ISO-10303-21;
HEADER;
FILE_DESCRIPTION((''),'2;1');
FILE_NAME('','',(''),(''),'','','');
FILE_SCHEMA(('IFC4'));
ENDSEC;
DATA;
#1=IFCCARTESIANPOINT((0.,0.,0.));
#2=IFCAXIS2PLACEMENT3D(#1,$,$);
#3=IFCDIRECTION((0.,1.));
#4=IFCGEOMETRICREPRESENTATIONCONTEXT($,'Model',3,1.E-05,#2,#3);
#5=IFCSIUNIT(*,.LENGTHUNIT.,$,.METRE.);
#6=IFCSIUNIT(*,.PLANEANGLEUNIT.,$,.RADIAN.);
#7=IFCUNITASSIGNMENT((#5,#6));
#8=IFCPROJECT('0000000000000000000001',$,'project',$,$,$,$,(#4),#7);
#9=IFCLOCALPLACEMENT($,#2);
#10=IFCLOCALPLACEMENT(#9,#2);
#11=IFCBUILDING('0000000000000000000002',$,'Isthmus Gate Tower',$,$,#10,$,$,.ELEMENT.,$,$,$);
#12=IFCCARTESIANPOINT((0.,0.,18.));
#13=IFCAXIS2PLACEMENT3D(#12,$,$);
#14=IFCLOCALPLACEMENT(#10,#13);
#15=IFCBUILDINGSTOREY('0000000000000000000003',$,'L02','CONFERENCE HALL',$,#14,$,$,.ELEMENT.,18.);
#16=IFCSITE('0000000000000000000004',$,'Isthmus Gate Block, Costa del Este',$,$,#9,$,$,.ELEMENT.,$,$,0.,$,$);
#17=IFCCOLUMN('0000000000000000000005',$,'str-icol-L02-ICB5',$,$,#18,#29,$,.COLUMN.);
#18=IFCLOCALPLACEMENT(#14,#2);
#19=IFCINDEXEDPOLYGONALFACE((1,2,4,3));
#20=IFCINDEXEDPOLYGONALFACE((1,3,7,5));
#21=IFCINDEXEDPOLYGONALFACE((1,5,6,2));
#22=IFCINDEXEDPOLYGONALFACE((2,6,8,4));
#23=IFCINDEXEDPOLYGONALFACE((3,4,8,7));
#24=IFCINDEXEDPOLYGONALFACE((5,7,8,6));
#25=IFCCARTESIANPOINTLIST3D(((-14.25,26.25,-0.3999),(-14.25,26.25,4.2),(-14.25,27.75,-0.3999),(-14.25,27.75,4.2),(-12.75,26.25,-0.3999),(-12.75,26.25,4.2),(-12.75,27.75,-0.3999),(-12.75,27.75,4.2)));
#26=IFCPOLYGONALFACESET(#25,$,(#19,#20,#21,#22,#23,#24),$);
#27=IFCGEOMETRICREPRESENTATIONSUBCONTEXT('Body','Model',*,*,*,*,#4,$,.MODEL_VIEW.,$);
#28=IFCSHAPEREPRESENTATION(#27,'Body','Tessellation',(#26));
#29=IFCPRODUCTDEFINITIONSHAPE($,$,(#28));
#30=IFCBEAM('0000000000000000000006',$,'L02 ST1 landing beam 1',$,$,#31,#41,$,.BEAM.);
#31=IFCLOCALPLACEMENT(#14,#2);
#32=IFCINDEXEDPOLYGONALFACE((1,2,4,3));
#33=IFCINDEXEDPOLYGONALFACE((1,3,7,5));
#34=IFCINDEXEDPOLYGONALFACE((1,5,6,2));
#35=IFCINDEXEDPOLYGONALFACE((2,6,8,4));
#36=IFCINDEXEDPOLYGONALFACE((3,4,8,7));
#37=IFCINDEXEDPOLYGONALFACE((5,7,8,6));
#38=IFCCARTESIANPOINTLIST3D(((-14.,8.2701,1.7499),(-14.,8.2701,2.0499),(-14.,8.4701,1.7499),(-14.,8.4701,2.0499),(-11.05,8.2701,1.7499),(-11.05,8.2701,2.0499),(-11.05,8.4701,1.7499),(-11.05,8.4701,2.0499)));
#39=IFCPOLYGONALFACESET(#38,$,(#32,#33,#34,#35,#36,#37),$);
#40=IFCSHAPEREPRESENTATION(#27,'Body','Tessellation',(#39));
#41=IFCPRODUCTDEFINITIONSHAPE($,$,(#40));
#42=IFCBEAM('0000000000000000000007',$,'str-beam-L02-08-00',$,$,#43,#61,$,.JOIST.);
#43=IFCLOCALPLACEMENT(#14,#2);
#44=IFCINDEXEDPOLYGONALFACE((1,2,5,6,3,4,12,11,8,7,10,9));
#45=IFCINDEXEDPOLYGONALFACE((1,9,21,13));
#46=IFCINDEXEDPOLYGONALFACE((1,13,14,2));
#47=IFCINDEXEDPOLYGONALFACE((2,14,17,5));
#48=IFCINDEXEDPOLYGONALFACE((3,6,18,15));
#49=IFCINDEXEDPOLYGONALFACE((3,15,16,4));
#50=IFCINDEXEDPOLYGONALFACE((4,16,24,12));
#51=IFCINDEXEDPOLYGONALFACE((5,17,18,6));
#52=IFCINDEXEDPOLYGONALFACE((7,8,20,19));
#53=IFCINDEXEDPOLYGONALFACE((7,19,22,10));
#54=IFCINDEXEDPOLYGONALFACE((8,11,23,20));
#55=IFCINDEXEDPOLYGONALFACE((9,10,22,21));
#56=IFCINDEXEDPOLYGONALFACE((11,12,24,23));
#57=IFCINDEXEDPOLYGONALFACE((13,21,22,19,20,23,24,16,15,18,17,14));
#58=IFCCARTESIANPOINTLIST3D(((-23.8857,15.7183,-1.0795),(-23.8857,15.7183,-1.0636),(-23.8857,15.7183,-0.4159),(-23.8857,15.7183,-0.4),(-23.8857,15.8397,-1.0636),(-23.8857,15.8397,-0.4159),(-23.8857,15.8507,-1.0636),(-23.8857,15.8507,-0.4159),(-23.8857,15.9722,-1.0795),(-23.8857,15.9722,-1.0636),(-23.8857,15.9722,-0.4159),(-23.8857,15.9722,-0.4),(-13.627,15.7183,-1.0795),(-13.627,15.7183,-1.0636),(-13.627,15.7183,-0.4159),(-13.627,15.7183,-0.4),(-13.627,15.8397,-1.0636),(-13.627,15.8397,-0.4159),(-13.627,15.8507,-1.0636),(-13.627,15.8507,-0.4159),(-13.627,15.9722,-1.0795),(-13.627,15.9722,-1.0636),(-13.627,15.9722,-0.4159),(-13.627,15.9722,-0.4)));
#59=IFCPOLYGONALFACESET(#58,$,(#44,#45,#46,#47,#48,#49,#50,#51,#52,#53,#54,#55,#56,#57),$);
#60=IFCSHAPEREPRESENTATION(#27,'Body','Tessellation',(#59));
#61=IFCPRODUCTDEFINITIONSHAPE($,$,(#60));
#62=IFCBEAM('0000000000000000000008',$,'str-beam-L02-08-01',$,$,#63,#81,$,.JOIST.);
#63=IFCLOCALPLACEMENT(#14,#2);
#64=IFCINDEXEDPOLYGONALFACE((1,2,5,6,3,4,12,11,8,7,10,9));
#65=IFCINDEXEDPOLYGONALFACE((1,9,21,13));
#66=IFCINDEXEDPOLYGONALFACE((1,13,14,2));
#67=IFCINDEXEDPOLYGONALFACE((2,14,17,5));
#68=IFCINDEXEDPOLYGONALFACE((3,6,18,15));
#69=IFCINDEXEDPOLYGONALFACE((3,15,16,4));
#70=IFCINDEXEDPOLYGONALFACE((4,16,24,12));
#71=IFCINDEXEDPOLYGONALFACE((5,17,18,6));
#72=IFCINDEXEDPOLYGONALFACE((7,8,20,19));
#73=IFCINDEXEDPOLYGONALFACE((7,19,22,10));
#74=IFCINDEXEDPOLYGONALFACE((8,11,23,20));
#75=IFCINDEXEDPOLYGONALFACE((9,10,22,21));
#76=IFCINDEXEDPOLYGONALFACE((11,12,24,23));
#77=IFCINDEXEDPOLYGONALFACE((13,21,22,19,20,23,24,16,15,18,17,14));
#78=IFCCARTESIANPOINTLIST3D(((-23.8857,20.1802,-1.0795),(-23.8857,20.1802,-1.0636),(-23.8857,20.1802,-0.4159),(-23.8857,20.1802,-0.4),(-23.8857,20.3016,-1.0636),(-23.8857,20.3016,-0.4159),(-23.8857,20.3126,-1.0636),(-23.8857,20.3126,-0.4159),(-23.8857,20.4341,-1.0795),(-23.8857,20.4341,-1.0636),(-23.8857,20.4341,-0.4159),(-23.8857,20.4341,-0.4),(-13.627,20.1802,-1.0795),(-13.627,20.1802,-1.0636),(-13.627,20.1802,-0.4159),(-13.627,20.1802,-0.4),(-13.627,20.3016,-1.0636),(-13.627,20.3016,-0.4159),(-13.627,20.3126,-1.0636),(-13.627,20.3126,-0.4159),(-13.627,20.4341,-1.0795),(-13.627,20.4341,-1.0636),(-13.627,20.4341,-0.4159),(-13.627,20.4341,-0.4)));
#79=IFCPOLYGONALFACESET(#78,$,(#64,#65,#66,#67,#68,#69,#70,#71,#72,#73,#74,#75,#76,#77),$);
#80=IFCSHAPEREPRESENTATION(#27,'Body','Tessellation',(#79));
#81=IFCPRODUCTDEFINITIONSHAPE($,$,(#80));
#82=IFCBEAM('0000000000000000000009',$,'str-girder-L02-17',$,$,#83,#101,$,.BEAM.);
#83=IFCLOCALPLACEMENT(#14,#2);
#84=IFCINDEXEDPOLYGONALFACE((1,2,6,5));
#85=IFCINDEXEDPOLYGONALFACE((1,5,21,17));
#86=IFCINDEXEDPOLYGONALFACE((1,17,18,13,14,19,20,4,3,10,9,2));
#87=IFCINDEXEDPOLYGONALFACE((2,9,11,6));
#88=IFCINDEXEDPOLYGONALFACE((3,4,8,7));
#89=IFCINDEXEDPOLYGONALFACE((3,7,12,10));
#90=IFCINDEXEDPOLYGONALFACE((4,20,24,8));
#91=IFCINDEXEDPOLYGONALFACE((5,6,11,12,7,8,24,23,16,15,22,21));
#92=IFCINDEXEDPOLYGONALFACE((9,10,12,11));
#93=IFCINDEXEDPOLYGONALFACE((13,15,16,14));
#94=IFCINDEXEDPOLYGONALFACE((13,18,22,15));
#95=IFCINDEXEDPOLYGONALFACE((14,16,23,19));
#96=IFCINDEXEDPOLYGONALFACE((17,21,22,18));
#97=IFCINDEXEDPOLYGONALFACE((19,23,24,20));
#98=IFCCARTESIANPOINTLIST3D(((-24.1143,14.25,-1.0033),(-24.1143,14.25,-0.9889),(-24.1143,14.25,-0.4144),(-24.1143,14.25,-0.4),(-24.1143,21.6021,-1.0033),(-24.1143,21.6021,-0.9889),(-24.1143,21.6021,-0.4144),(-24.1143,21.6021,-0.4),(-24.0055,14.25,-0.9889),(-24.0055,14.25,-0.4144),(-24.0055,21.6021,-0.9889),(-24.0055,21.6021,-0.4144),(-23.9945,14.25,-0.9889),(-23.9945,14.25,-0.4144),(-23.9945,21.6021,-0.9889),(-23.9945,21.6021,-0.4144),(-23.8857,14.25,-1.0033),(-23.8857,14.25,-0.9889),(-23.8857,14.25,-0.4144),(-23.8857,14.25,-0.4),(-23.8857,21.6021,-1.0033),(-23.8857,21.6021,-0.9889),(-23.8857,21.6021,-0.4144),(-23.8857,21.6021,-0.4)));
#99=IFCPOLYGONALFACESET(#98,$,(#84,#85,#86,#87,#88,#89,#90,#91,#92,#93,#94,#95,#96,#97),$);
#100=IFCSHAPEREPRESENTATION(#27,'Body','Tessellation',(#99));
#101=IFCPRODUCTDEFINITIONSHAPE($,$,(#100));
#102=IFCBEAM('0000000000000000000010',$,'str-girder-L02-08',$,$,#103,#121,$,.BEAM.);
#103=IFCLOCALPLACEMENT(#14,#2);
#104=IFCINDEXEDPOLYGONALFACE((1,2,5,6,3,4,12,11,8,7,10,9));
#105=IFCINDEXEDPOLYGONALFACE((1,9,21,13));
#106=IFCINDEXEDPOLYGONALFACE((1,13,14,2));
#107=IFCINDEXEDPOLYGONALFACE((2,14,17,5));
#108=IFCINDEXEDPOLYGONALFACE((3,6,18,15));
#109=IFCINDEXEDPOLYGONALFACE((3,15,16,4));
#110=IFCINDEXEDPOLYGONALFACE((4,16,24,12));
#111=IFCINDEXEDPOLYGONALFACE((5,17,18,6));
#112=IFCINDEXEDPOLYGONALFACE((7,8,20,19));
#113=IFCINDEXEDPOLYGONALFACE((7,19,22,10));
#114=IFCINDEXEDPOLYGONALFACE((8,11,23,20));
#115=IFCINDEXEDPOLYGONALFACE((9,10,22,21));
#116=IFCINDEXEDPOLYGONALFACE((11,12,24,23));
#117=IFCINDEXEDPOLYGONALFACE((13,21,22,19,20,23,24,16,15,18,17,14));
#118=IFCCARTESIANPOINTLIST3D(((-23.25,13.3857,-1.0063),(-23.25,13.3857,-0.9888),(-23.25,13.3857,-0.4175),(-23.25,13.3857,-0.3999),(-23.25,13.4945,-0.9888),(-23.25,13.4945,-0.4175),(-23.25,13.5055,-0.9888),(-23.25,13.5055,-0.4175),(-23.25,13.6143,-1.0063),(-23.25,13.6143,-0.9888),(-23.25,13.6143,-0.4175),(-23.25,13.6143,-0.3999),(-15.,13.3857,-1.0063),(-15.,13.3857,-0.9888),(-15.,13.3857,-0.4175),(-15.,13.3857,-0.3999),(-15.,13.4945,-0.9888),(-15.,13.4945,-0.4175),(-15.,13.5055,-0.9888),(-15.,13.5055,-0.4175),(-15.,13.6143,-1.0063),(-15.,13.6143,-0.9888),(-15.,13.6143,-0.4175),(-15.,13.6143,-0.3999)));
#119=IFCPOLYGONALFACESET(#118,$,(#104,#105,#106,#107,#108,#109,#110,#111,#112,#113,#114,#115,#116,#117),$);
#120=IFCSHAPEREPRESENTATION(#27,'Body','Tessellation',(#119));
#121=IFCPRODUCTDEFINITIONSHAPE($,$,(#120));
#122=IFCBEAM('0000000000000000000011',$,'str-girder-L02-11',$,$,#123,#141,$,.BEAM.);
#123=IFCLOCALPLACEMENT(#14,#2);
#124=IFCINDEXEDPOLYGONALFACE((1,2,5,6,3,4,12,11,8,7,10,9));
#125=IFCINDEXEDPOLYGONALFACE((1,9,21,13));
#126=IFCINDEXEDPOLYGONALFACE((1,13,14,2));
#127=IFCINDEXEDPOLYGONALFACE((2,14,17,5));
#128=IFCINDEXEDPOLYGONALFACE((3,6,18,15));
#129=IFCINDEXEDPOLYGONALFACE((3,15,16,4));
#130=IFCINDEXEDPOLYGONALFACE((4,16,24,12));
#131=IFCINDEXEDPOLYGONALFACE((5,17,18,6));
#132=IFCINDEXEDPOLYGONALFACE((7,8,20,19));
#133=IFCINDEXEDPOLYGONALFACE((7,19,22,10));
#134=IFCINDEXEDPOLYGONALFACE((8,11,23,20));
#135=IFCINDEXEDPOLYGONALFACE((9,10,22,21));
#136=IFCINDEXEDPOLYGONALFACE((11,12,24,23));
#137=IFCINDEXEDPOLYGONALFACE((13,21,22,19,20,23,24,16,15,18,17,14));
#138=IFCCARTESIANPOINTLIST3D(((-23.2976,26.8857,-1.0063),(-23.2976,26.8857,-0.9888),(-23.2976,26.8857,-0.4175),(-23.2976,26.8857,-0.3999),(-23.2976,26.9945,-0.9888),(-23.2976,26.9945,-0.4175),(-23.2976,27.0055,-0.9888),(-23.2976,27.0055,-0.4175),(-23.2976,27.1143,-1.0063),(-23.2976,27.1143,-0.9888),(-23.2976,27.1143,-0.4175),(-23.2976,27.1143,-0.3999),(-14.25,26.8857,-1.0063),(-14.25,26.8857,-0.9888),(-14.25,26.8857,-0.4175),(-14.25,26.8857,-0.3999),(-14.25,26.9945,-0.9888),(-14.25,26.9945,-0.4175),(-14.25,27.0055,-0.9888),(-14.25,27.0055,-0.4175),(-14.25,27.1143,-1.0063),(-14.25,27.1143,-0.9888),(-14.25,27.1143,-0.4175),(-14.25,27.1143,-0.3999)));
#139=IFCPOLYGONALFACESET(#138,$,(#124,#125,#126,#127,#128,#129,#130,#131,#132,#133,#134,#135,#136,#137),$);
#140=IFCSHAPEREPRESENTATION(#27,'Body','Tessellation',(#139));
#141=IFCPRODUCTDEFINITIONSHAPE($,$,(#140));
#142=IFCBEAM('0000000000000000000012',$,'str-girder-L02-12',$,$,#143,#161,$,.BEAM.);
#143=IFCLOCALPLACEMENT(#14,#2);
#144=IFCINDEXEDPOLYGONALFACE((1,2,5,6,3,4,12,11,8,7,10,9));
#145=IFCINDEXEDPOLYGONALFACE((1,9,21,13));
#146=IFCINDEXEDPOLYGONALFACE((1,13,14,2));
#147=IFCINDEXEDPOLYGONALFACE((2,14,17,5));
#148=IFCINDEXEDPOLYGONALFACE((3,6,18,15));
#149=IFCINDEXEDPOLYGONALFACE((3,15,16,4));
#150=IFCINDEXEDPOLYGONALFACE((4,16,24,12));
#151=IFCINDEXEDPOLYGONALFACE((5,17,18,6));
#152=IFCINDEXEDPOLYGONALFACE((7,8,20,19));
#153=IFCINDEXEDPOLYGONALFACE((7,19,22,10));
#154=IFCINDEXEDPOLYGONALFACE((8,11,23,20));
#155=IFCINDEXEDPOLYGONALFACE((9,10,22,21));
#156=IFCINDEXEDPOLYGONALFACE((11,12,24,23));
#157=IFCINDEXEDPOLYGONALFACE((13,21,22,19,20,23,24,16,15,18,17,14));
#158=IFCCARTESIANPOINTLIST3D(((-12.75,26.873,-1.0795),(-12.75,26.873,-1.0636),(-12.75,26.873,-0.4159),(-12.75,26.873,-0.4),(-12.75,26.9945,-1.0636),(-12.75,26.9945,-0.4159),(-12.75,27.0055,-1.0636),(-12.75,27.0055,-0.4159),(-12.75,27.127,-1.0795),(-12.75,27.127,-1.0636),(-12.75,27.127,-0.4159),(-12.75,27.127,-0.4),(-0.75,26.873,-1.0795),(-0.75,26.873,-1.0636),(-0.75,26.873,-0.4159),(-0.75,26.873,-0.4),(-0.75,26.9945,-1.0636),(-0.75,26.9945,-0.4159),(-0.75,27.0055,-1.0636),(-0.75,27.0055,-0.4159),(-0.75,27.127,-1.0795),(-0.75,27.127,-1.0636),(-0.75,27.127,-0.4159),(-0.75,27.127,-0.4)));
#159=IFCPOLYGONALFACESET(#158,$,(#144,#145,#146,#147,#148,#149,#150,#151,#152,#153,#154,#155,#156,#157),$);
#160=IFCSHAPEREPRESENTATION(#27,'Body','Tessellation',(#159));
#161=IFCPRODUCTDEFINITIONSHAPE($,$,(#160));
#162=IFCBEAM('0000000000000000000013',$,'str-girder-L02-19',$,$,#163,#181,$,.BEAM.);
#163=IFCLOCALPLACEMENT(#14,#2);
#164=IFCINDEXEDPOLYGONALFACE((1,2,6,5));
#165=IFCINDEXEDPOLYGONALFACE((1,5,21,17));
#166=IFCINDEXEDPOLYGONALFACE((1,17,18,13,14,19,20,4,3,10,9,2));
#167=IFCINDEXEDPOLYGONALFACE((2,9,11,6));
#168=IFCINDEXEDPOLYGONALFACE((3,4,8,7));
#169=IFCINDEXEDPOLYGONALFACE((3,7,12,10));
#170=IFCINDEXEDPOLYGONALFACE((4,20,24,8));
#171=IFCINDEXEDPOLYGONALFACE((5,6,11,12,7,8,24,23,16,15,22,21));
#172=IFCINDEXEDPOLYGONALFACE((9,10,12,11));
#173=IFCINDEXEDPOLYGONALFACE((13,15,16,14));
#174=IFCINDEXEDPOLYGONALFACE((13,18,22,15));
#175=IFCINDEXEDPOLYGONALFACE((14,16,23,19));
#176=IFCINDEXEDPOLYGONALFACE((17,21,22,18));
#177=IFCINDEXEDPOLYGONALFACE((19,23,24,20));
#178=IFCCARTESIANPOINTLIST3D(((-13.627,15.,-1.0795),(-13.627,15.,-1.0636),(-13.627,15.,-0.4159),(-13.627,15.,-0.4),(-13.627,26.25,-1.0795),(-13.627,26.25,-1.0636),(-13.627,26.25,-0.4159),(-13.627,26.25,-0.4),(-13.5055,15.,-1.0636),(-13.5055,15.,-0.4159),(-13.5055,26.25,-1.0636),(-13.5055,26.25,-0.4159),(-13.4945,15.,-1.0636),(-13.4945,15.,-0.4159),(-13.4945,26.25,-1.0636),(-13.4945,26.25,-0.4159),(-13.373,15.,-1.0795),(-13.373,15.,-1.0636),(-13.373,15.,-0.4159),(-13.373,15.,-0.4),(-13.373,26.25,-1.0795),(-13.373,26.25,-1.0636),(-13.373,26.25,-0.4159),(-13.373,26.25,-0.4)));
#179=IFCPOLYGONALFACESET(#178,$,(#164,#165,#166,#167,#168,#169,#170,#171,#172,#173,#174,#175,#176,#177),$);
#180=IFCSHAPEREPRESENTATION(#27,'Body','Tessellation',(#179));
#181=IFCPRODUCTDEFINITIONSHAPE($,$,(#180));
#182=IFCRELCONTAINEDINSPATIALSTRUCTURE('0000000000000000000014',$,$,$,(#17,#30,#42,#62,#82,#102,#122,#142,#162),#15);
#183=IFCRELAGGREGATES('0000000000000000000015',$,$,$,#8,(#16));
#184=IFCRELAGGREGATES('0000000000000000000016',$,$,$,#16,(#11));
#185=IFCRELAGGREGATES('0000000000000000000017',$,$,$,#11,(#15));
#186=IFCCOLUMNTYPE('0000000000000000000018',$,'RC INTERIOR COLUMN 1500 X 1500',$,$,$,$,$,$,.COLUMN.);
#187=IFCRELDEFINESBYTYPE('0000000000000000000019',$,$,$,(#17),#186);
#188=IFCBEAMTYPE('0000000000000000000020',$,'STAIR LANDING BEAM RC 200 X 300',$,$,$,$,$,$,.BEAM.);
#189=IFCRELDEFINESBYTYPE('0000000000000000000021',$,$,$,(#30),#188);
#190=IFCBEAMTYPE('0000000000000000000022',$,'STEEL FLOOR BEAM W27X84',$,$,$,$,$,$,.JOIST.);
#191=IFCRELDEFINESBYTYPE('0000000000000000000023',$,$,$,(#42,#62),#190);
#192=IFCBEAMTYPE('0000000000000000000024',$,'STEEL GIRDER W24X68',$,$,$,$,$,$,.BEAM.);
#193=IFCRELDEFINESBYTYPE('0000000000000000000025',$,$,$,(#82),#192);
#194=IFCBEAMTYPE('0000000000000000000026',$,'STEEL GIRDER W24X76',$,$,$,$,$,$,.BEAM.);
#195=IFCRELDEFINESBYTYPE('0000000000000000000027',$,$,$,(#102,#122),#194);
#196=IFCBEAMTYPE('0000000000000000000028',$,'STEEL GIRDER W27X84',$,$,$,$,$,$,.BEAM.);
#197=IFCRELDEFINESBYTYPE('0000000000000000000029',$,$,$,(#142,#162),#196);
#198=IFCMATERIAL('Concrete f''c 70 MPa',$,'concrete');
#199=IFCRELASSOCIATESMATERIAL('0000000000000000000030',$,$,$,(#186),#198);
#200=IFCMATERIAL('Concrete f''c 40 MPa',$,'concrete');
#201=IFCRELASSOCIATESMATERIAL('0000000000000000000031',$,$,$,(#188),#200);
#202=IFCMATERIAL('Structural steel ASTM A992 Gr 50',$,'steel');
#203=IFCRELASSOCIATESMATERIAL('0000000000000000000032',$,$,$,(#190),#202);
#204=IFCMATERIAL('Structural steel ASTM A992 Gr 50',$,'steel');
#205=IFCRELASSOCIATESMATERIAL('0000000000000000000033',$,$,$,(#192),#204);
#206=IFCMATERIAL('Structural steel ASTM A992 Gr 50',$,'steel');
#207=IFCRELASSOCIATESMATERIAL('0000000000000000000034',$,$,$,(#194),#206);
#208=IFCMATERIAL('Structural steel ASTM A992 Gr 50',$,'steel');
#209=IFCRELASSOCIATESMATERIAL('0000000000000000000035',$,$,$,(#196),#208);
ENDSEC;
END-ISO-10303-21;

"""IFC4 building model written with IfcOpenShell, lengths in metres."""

from ifc_helpers import new_model, si_unit, direction, frame, origin, origin_2d, place, context, subcontext, project, spatial, rectangle, i_section, extrude, material, material_profile, profile_set, type_object, element, save


model = new_model("IFC4")

# Units and contexts
model_context = context("Model", 3, precision=1e-05, world=origin(), true_north=direction((0.0, 1.0)))
body_context = subcontext(model_context, "Body", "Model", "MODEL_VIEW")
ifc_project = project(units=[si_unit("LENGTHUNIT", "METRE"), si_unit("PLANEANGLEUNIT", "RADIAN")], contexts=[model_context])

# Site, building, storey
site_placement = place(None, origin())
site = spatial("IfcSite", under=ifc_project, at=site_placement, Name="Isthmus Gate Block, Costa del Este", CompositionType="ELEMENT", RefElevation=0.0)
building_placement = place(site_placement, origin())
building = spatial("IfcBuilding", under=site, at=building_placement, Name="Isthmus Gate Tower", CompositionType="ELEMENT")
storey_placement = place(building_placement, frame((0.0, 0.0, 18.0)))
storey = spatial("IfcBuildingStorey", under=building, at=storey_placement, Name="L02", Description="CONFERENCE HALL", CompositionType="ELEMENT", Elevation=18.0)

# Column
ifc_material_1 = material(Name="Concrete f'c 70 MPa", Category="concrete")
ifc_material_profile_1 = material_profile(ifc_material_1, rectangle(XDim=1.5, YDim=1.5, at=origin_2d()), Name="RC 1500X1500")
ifc_profile_set_1 = profile_set([ifc_material_profile_1], Name="Concrete f'c 70 MPa")
column_type = type_object("IfcColumnType", Name="RC INTERIOR COLUMN 1500 X 1500", PredefinedType="COLUMN", material=ifc_profile_set_1)
column_placement = place(storey_placement, frame((-13.5, 27.0, -0.3999), z_axis=(0.0, 0.0, 1.0), x_axis=(1.0, 0.0, 0.0)))
element("IfcColumn", 1, at=column_placement, inside=storey, type_object=column_type, Name="str-icol-L02-ICB5", PredefinedType="COLUMN", context=body_context, shape_type="SweptSolid", body=[
    extrude(rectangle(XDim=1.5, YDim=1.5, at=origin_2d()), origin(), (0.0, 0.0, 1.0), 4.5999),
])

# Beams
ifc_material_2 = material(Name="Concrete f'c 40 MPa", Category="concrete")
ifc_material_profile_2 = material_profile(ifc_material_2, rectangle(XDim=0.2, YDim=0.3, at=origin_2d()), Name="STAIR LANDING BEAM RC 200 X 300")
ifc_profile_set_2 = profile_set([ifc_material_profile_2], Name="Concrete f'c 40 MPa")
beam_type_1 = type_object("IfcBeamType", Name="STAIR LANDING BEAM RC 200 X 300", PredefinedType="BEAM", material=ifc_profile_set_2)
beam_1_placement = place(storey_placement, frame((-14.0, 8.3701, 1.8999), z_axis=(1.0, 0.0, 0.0), x_axis=(0.0, 1.0, 0.0)))
element("IfcBeam", 2, at=beam_1_placement, inside=storey, type_object=beam_type_1, Name="L02 ST1 landing beam 1", PredefinedType="BEAM", context=body_context, shape_type="SweptSolid", body=[
    extrude(rectangle(XDim=0.2, YDim=0.3, at=origin_2d()), origin(), (0.0, 0.0, 1.0), 2.95),
])
ifc_material_3 = material(Name="Structural steel ASTM A992 Gr 50", Category="steel")
ifc_material_profile_3 = material_profile(ifc_material_3, i_section(OverallWidth=0.2539, OverallDepth=0.6794, WebThickness=0.011, FlangeThickness=0.0159, at=origin_2d()), Name="W27X84")
ifc_profile_set_3 = profile_set([ifc_material_profile_3], Name="Structural steel ASTM A992 Gr 50")
beam_type_2 = type_object("IfcBeamType", Name="STEEL FLOOR BEAM W27X84", PredefinedType="JOIST", material=ifc_profile_set_3)
for number, where, z_axis, x_axis, name in (
    (3, (-23.8857, 15.8452, -0.7397), (1.0, 0.0, 0.0), (0.0, 1.0, 0.0), "str-beam-L02-08-00"),
    (4, (-23.8857, 20.3071, -0.7397), (1.0, 0.0, 0.0), (0.0, 1.0, 0.0), "str-beam-L02-08-01"),
):
    element("IfcBeam", number, at=place(storey_placement, frame(where, z_axis=z_axis, x_axis=x_axis)), inside=storey, type_object=beam_type_2, Name=name, PredefinedType="JOIST", context=body_context, shape_type="SweptSolid", body=[
        extrude(i_section(OverallWidth=0.2539, OverallDepth=0.6794, WebThickness=0.011, FlangeThickness=0.0159, at=origin_2d()), origin(), (0.0, 0.0, 1.0), 10.2588),
    ])
ifc_material_4 = material(Name="Structural steel ASTM A992 Gr 50", Category="steel")
ifc_material_profile_4 = material_profile(ifc_material_4, i_section(OverallWidth=0.2285, OverallDepth=0.6033, WebThickness=0.011, FlangeThickness=0.0144, at=origin_2d()), Name="W24X68")
ifc_profile_set_4 = profile_set([ifc_material_profile_4], Name="Structural steel ASTM A992 Gr 50")
beam_type_3 = type_object("IfcBeamType", Name="STEEL GIRDER W24X68", PredefinedType="BEAM", material=ifc_profile_set_4)
beam_2_placement = place(storey_placement, frame((-24.0, 14.25, -0.7017), z_axis=(0.0, 1.0, 0.0), x_axis=(-1.0, 0.0, 0.0)))
element("IfcBeam", 5, at=beam_2_placement, inside=storey, type_object=beam_type_3, Name="str-girder-L02-17", PredefinedType="BEAM", context=body_context, shape_type="SweptSolid", body=[
    extrude(i_section(OverallWidth=0.2285, OverallDepth=0.6033, WebThickness=0.011, FlangeThickness=0.0144, at=origin_2d()), origin(), (0.0, 0.0, 1.0), 7.3521),
])
ifc_material_5 = material(Name="Structural steel ASTM A992 Gr 50", Category="steel")
ifc_material_profile_5 = material_profile(ifc_material_5, i_section(OverallWidth=0.2285, OverallDepth=0.6064, WebThickness=0.011, FlangeThickness=0.0176, at=origin_2d()), Name="W24X76")
ifc_profile_set_5 = profile_set([ifc_material_profile_5], Name="Structural steel ASTM A992 Gr 50")
beam_type_4 = type_object("IfcBeamType", Name="STEEL GIRDER W24X76", PredefinedType="BEAM", material=ifc_profile_set_5)
beam_3_placement = place(storey_placement, frame((-23.25, 13.5, -0.7031), z_axis=(1.0, 0.0, 0.0), x_axis=(0.0, 1.0, 0.0)))
element("IfcBeam", 6, at=beam_3_placement, inside=storey, type_object=beam_type_4, Name="str-girder-L02-08", PredefinedType="BEAM", context=body_context, shape_type="SweptSolid", body=[
    extrude(i_section(OverallWidth=0.2285, OverallDepth=0.6064, WebThickness=0.011, FlangeThickness=0.0176, at=origin_2d()), origin(), (0.0, 0.0, 1.0), 8.25),
])
beam_4_placement = place(storey_placement, frame((-23.2976, 27.0, -0.7031), z_axis=(1.0, 0.0, 0.0), x_axis=(0.0, 1.0, 0.0)))
element("IfcBeam", 7, at=beam_4_placement, inside=storey, type_object=beam_type_4, Name="str-girder-L02-11", PredefinedType="BEAM", context=body_context, shape_type="SweptSolid", body=[
    extrude(i_section(OverallWidth=0.2285, OverallDepth=0.6064, WebThickness=0.011, FlangeThickness=0.0176, at=origin_2d()), origin(), (0.0, 0.0, 1.0), 9.0476),
])
ifc_material_6 = material(Name="Structural steel ASTM A992 Gr 50", Category="steel")
ifc_material_profile_6 = material_profile(ifc_material_6, i_section(OverallWidth=0.2539, OverallDepth=0.6794, WebThickness=0.011, FlangeThickness=0.0159, at=origin_2d()), Name="W27X84")
ifc_profile_set_6 = profile_set([ifc_material_profile_6], Name="Structural steel ASTM A992 Gr 50")
beam_type_5 = type_object("IfcBeamType", Name="STEEL GIRDER W27X84", PredefinedType="BEAM", material=ifc_profile_set_6)
beam_5_placement = place(storey_placement, frame((-12.75, 27.0, -0.7397), z_axis=(1.0, 0.0, 0.0), x_axis=(0.0, 1.0, 0.0)))
element("IfcBeam", 8, at=beam_5_placement, inside=storey, type_object=beam_type_5, Name="str-girder-L02-12", PredefinedType="BEAM", context=body_context, shape_type="SweptSolid", body=[
    extrude(i_section(OverallWidth=0.2539, OverallDepth=0.6794, WebThickness=0.011, FlangeThickness=0.0159, at=origin_2d()), origin(), (0.0, 0.0, 1.0), 12.0),
])
beam_6_placement = place(storey_placement, frame((-13.5, 15.0, -0.7397), z_axis=(0.0, 1.0, 0.0), x_axis=(-1.0, 0.0, 0.0)))
element("IfcBeam", 9, at=beam_6_placement, inside=storey, type_object=beam_type_5, Name="str-girder-L02-19", PredefinedType="BEAM", context=body_context, shape_type="SweptSolid", body=[
    extrude(i_section(OverallWidth=0.2539, OverallDepth=0.6794, WebThickness=0.011, FlangeThickness=0.0159, at=origin_2d()), origin(), (0.0, 0.0, 1.0), 11.25),
])

save(model, "model.ifc")
